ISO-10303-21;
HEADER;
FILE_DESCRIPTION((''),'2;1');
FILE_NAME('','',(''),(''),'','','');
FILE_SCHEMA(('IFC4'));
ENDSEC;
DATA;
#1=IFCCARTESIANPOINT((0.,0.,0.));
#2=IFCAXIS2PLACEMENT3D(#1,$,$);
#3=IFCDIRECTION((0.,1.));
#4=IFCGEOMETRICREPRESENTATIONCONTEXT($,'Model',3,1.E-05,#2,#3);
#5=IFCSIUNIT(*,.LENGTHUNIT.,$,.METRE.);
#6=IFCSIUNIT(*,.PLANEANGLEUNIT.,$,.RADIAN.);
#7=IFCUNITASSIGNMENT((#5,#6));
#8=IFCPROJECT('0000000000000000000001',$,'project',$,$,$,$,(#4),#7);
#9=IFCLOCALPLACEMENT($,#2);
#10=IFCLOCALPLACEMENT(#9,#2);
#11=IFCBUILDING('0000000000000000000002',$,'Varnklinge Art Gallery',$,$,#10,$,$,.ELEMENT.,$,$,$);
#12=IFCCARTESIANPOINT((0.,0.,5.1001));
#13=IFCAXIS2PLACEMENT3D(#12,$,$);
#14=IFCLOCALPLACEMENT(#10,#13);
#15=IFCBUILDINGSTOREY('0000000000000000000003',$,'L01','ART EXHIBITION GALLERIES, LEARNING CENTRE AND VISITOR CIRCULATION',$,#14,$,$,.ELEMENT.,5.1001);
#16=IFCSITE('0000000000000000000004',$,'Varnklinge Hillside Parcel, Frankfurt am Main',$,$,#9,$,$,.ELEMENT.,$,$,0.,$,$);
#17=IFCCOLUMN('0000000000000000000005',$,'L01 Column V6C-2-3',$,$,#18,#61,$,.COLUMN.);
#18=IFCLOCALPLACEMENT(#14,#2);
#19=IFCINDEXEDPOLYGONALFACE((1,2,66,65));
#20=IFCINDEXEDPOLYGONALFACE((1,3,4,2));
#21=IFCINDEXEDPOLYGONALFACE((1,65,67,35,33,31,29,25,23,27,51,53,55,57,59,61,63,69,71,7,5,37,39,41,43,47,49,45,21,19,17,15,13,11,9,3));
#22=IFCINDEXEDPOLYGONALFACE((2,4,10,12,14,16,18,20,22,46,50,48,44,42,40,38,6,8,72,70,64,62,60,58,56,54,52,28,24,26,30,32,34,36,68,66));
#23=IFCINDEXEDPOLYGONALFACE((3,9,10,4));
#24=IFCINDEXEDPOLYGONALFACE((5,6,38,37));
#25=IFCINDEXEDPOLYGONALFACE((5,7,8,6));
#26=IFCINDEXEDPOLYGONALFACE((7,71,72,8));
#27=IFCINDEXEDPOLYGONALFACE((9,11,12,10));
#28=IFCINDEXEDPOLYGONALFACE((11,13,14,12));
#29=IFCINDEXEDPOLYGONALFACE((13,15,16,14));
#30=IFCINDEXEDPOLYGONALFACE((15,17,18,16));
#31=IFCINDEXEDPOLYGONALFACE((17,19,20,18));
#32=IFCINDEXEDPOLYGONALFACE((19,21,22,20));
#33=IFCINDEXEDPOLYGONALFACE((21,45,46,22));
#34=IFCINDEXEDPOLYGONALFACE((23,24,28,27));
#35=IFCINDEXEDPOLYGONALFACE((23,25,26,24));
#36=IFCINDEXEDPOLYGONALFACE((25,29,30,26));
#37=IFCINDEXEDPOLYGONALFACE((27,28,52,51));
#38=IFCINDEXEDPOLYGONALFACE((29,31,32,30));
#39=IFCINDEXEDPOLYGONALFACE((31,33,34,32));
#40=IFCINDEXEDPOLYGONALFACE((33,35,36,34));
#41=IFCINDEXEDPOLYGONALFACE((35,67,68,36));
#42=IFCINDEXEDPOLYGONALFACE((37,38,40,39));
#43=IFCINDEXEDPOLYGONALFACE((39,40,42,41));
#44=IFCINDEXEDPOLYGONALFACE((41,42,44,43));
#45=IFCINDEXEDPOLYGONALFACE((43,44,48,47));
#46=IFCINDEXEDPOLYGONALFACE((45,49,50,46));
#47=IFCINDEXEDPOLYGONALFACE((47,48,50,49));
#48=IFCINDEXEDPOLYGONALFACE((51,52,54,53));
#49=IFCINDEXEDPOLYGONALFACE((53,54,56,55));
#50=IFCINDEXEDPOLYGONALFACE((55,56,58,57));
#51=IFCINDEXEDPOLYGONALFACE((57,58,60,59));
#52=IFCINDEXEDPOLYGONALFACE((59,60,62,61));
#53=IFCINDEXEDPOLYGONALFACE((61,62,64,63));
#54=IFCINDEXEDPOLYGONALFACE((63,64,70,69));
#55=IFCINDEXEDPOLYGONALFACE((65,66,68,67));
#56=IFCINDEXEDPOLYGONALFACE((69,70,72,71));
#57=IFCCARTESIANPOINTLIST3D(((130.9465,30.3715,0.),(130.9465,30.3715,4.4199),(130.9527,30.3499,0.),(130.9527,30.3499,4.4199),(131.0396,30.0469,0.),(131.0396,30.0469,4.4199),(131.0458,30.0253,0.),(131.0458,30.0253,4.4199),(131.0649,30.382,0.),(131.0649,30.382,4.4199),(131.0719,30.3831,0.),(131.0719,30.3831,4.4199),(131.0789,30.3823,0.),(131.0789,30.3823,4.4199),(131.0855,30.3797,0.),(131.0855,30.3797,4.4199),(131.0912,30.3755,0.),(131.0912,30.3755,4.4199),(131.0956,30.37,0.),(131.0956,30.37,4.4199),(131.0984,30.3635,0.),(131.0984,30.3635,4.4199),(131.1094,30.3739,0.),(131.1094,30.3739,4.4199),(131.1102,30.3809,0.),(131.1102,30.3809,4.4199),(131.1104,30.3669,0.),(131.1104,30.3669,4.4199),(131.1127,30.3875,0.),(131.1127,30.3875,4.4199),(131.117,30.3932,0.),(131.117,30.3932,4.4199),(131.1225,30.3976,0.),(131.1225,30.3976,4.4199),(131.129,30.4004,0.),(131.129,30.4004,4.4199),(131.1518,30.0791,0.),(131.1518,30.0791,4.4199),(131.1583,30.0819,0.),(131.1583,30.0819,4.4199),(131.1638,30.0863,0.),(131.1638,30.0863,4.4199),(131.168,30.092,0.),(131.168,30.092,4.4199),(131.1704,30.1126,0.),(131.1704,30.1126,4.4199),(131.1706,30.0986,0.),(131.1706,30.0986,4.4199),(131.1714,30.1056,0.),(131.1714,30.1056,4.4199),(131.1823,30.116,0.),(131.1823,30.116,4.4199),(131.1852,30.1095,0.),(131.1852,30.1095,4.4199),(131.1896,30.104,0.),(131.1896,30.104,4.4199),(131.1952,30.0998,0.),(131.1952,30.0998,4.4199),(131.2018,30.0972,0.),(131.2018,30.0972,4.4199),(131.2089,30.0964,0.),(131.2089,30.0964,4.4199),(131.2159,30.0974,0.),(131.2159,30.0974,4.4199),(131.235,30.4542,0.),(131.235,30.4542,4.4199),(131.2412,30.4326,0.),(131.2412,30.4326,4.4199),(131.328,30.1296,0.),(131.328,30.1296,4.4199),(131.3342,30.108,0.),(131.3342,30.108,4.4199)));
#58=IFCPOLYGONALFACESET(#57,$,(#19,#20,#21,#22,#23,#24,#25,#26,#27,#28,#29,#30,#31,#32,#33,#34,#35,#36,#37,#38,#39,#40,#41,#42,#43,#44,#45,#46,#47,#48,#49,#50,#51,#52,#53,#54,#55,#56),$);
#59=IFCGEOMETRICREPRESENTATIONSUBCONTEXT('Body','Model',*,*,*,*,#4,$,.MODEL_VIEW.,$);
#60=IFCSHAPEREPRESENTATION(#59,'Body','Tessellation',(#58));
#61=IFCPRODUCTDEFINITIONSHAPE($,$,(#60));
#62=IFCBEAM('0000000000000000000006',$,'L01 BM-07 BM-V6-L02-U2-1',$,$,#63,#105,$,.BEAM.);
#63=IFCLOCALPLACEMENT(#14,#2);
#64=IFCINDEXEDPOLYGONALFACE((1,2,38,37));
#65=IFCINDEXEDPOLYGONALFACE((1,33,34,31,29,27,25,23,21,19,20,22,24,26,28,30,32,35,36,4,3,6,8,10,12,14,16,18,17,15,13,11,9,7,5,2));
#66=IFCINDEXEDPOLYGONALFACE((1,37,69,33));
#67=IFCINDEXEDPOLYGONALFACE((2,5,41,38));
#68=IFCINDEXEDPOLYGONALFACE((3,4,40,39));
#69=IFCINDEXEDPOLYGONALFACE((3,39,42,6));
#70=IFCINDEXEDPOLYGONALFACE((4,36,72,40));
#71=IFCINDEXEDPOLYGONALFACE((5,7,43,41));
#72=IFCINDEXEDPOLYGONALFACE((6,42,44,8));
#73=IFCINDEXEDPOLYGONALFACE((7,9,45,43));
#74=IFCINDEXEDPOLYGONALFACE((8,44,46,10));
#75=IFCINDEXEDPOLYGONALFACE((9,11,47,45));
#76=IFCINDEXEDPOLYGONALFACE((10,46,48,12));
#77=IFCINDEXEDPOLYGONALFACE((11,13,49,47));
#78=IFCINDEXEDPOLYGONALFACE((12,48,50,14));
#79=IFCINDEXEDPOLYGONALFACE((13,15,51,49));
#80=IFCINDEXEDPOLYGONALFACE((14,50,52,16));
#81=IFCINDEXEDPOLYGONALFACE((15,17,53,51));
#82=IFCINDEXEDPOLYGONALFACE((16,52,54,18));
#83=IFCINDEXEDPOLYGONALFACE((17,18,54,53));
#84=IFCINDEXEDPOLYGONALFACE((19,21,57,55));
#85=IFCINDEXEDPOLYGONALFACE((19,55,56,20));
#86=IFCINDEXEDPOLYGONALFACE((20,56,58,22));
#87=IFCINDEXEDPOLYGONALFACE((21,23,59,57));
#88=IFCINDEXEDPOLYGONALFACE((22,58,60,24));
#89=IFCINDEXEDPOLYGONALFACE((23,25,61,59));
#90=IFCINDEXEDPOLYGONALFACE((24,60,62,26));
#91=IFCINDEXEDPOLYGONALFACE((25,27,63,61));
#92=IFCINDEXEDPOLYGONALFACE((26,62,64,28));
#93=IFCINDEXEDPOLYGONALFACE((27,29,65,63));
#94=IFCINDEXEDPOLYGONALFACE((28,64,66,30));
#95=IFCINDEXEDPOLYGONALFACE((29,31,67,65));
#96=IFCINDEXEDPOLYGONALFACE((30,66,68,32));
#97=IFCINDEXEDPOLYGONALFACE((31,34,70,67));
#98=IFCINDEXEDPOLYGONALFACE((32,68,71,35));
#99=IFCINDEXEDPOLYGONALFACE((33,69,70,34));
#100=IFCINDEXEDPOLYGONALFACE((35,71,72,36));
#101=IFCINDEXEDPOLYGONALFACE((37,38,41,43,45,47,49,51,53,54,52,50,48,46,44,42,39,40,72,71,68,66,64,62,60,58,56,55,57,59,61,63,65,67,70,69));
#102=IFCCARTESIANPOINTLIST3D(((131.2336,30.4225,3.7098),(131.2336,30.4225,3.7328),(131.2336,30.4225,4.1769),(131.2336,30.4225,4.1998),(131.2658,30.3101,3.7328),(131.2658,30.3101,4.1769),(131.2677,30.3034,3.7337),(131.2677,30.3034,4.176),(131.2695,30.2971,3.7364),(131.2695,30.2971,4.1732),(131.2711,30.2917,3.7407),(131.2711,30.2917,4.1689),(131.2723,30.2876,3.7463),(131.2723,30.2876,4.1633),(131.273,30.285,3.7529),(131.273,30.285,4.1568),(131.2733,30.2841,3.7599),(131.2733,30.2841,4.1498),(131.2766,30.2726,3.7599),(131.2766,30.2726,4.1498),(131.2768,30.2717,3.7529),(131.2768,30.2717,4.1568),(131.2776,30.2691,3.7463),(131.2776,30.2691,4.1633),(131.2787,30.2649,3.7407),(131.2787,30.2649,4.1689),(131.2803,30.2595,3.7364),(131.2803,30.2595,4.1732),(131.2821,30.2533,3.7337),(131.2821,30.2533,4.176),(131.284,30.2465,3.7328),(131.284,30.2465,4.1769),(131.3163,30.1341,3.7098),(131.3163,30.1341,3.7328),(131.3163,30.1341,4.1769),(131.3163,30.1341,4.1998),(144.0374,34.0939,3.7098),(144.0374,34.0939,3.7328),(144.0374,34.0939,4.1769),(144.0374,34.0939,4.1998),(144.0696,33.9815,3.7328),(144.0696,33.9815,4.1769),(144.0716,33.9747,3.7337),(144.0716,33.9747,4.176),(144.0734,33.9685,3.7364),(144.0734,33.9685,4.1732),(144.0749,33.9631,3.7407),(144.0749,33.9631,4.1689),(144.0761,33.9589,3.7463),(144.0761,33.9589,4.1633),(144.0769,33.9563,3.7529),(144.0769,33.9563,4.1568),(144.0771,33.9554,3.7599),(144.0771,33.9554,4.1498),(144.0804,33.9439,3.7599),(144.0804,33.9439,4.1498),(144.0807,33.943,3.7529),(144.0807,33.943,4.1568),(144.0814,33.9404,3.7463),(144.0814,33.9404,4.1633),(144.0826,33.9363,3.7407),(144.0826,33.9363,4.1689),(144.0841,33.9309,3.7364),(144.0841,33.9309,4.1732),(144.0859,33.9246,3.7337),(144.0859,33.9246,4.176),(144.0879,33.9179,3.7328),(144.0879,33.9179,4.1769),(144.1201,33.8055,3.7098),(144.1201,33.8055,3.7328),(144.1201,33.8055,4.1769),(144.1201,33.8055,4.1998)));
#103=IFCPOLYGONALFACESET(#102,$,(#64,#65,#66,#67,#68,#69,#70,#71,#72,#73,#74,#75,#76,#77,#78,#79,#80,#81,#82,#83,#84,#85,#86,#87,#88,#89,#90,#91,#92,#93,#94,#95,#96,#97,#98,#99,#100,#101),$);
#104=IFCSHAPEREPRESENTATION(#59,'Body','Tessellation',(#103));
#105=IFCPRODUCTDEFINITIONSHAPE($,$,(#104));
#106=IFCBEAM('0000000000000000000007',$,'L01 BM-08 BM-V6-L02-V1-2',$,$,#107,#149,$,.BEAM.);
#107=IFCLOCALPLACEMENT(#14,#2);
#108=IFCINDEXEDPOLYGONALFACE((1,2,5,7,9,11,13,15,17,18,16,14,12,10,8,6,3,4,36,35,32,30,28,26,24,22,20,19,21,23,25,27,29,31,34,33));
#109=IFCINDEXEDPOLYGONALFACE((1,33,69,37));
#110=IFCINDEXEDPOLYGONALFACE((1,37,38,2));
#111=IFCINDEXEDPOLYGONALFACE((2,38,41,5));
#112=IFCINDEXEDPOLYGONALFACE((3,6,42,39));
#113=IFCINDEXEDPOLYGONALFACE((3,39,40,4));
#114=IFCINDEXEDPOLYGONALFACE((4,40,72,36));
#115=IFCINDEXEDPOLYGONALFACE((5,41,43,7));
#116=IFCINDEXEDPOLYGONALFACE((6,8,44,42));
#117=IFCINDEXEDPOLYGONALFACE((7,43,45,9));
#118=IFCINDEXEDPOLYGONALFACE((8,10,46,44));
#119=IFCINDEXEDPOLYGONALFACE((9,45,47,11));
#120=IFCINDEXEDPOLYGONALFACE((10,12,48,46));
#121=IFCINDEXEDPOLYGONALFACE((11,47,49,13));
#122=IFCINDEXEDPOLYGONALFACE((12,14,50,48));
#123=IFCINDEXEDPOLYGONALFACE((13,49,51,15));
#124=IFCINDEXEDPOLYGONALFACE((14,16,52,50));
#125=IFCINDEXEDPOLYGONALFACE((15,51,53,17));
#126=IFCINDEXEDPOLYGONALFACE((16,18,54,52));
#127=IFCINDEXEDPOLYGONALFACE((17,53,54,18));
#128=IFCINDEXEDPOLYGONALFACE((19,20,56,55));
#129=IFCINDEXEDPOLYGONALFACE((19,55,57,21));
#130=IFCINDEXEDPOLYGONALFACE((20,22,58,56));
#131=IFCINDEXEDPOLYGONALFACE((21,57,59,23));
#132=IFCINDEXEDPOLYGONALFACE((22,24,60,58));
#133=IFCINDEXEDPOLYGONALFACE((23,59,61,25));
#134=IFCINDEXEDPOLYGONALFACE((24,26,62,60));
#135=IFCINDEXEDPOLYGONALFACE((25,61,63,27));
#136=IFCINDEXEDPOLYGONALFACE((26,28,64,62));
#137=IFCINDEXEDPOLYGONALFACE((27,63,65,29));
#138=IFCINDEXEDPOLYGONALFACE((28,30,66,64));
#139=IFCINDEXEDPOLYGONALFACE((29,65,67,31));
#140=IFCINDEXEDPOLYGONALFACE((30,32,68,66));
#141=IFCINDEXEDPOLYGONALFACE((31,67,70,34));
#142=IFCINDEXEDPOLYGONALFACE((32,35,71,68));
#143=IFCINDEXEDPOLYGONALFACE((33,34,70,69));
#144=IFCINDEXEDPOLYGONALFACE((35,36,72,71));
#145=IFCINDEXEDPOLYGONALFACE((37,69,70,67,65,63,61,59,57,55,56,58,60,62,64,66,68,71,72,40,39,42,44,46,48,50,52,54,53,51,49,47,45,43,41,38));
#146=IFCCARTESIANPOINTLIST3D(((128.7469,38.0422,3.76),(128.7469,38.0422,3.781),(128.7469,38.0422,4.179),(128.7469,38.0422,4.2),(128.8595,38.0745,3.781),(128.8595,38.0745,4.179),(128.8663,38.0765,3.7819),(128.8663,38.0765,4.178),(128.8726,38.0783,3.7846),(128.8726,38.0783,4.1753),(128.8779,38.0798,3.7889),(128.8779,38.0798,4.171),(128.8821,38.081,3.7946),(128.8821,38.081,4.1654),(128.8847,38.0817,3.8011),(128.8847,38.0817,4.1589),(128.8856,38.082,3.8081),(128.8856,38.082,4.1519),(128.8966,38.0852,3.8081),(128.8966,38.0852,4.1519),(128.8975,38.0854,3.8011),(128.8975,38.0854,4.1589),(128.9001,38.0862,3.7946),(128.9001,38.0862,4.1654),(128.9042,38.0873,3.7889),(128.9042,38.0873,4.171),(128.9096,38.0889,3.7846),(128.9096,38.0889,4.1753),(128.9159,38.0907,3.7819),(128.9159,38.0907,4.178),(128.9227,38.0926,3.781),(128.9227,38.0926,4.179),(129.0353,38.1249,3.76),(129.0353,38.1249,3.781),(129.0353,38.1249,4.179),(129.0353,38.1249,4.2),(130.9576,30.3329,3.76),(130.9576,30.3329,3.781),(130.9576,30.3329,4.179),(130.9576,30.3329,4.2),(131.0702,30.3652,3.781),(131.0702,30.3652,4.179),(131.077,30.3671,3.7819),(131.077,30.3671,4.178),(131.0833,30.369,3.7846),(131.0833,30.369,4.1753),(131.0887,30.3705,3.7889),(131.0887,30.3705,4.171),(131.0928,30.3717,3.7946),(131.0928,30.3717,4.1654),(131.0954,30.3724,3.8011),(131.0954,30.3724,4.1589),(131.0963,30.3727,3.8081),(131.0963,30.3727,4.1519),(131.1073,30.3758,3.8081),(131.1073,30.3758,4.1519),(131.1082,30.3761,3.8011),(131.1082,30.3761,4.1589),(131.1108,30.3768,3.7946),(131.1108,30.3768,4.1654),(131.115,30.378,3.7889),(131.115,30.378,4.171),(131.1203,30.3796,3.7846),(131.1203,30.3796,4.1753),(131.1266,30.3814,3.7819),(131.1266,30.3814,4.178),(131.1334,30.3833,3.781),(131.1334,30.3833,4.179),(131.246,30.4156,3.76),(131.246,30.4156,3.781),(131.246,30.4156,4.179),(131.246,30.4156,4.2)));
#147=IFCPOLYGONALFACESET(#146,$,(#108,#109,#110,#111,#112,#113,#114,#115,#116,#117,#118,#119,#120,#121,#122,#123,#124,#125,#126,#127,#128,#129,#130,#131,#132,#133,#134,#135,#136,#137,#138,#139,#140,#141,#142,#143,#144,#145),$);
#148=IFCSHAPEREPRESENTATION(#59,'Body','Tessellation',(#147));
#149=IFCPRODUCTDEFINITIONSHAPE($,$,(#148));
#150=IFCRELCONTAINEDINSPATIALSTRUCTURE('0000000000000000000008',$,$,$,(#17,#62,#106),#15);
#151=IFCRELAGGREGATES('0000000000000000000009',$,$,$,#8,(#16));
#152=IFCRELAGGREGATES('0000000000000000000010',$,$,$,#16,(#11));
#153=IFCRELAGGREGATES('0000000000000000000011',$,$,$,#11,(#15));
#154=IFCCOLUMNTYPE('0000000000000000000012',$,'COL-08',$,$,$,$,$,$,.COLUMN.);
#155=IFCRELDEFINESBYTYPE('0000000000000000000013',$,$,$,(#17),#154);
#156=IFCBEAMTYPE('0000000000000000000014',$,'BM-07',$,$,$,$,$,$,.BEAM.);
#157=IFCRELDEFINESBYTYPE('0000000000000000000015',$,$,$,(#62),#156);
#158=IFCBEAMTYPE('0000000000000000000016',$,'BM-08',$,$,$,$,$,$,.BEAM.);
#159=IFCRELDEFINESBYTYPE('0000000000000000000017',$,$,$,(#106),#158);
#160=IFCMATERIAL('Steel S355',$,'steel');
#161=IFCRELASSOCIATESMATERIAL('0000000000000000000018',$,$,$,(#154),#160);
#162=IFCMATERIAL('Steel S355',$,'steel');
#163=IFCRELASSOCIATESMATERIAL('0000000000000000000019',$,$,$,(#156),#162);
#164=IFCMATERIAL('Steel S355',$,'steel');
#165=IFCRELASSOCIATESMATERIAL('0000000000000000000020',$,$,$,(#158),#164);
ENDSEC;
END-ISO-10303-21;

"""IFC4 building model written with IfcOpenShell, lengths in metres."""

from ifc_helpers import new_model, si_unit, direction, frame, origin, origin_2d, place, context, subcontext, project, spatial, i_section, extrude, material, material_profile, profile_set, type_object, element, save


model = new_model("IFC4")

# Units and contexts
model_context = context("Model", 3, precision=1e-05, world=origin(), true_north=direction((0.0, 1.0)))
body_context = subcontext(model_context, "Body", "Model", "MODEL_VIEW")
ifc_project = project(units=[si_unit("LENGTHUNIT", "METRE"), si_unit("PLANEANGLEUNIT", "RADIAN")], contexts=[model_context])

# Site, building, storey
site_placement = place(None, origin())
site = spatial("IfcSite", under=ifc_project, at=site_placement, Name="Varnklinge Hillside Parcel, Frankfurt am Main", CompositionType="ELEMENT", RefElevation=0.0)
building_placement = place(site_placement, origin())
building = spatial("IfcBuilding", under=site, at=building_placement, Name="Varnklinge Art Gallery", CompositionType="ELEMENT")
storey_placement = place(building_placement, frame((0.0, 0.0, 5.1001)))
storey = spatial("IfcBuildingStorey", under=building, at=storey_placement, Name="L01", Description="ART EXHIBITION GALLERIES, LEARNING CENTRE AND VISITOR CIRCULATION", CompositionType="ELEMENT", Elevation=5.1001)

# Column
ifc_material_1 = material(Name="Steel S355", Category="steel")
ifc_material_profile_1 = material_profile(ifc_material_1, i_section(OverallWidth=0.3, OverallDepth=0.3601, WebThickness=0.0125, FlangeThickness=0.0225, FilletRadius=0.0271, at=origin_2d()), Name="HEB 360")
ifc_profile_set_1 = profile_set([ifc_material_profile_1], Name="Steel S355")
column_type = type_object("IfcColumnType", Name="COL-08", PredefinedType="COLUMN", material=ifc_profile_set_1)
column_placement = place(storey_placement, frame((131.1404, 30.2397, 0.0), z_axis=(0.0, 0.0, 1.0), x_axis=(0.961262, 0.275637, 0.0)))
element("IfcColumn", 1, at=column_placement, inside=storey, type_object=column_type, Name="L01 Column V6C-2-3", PredefinedType="COLUMN", context=body_context, shape_type="SweptSolid", body=[
    extrude(i_section(OverallWidth=0.3, OverallDepth=0.3601, WebThickness=0.0125, FlangeThickness=0.0225, FilletRadius=0.0271, at=origin_2d()), origin(), (0.0, 0.0, 1.0), 4.4199),
])

# Beams
ifc_material_2 = material(Name="Steel S355", Category="steel")
ifc_material_profile_2 = material_profile(ifc_material_2, i_section(OverallWidth=0.3, OverallDepth=0.49, WebThickness=0.012, FlangeThickness=0.0229, FilletRadius=0.0271, at=origin_2d()), Name="HEA 500")
ifc_profile_set_2 = profile_set([ifc_material_profile_2], Name="Steel S355")
beam_type_1 = type_object("IfcBeamType", Name="BM-07", PredefinedType="BEAM", material=ifc_profile_set_2)
beam_1_placement = place(storey_placement, frame((131.2749, 30.2783, 3.9548), z_axis=(0.961263, 0.275631, 0.0), x_axis=(-0.275631, 0.961263, 0.0)))
element("IfcBeam", 2, at=beam_1_placement, inside=storey, type_object=beam_type_1, Name="L01 BM-07 BM-V6-L02-U2-1", PredefinedType="BEAM", context=body_context, shape_type="SweptSolid", body=[
    extrude(i_section(OverallWidth=0.3, OverallDepth=0.49, WebThickness=0.012, FlangeThickness=0.0229, FilletRadius=0.0271, at=origin_2d()), origin(), (0.0, 0.0, 1.0), 13.3198),
])
ifc_material_3 = material(Name="Steel S355", Category="steel")
ifc_material_profile_3 = material_profile(ifc_material_3, i_section(OverallWidth=0.3, OverallDepth=0.4399, WebThickness=0.0115, FlangeThickness=0.021, FilletRadius=0.0271, at=origin_2d()), Name="HEA 450")
ifc_profile_set_3 = profile_set([ifc_material_profile_3], Name="Steel S355")
beam_type_2 = type_object("IfcBeamType", Name="BM-08", PredefinedType="BEAM", material=ifc_profile_set_3)
beam_2_placement = place(storey_placement, frame((131.1018, 30.3743, 3.98), z_axis=(-0.27565, 0.961258, 0.0), x_axis=(-0.961258, -0.27565, 0.0)))
element("IfcBeam", 3, at=beam_2_placement, inside=storey, type_object=beam_type_2, Name="L01 BM-08 BM-V6-L02-V1-2", PredefinedType="BEAM", context=body_context, shape_type="SweptSolid", body=[
    extrude(i_section(OverallWidth=0.3, OverallDepth=0.4399, WebThickness=0.0115, FlangeThickness=0.021, FilletRadius=0.0271, at=origin_2d()), origin(), (0.0, 0.0, 1.0), 8.02),
])

save(model, "model.ifc")
